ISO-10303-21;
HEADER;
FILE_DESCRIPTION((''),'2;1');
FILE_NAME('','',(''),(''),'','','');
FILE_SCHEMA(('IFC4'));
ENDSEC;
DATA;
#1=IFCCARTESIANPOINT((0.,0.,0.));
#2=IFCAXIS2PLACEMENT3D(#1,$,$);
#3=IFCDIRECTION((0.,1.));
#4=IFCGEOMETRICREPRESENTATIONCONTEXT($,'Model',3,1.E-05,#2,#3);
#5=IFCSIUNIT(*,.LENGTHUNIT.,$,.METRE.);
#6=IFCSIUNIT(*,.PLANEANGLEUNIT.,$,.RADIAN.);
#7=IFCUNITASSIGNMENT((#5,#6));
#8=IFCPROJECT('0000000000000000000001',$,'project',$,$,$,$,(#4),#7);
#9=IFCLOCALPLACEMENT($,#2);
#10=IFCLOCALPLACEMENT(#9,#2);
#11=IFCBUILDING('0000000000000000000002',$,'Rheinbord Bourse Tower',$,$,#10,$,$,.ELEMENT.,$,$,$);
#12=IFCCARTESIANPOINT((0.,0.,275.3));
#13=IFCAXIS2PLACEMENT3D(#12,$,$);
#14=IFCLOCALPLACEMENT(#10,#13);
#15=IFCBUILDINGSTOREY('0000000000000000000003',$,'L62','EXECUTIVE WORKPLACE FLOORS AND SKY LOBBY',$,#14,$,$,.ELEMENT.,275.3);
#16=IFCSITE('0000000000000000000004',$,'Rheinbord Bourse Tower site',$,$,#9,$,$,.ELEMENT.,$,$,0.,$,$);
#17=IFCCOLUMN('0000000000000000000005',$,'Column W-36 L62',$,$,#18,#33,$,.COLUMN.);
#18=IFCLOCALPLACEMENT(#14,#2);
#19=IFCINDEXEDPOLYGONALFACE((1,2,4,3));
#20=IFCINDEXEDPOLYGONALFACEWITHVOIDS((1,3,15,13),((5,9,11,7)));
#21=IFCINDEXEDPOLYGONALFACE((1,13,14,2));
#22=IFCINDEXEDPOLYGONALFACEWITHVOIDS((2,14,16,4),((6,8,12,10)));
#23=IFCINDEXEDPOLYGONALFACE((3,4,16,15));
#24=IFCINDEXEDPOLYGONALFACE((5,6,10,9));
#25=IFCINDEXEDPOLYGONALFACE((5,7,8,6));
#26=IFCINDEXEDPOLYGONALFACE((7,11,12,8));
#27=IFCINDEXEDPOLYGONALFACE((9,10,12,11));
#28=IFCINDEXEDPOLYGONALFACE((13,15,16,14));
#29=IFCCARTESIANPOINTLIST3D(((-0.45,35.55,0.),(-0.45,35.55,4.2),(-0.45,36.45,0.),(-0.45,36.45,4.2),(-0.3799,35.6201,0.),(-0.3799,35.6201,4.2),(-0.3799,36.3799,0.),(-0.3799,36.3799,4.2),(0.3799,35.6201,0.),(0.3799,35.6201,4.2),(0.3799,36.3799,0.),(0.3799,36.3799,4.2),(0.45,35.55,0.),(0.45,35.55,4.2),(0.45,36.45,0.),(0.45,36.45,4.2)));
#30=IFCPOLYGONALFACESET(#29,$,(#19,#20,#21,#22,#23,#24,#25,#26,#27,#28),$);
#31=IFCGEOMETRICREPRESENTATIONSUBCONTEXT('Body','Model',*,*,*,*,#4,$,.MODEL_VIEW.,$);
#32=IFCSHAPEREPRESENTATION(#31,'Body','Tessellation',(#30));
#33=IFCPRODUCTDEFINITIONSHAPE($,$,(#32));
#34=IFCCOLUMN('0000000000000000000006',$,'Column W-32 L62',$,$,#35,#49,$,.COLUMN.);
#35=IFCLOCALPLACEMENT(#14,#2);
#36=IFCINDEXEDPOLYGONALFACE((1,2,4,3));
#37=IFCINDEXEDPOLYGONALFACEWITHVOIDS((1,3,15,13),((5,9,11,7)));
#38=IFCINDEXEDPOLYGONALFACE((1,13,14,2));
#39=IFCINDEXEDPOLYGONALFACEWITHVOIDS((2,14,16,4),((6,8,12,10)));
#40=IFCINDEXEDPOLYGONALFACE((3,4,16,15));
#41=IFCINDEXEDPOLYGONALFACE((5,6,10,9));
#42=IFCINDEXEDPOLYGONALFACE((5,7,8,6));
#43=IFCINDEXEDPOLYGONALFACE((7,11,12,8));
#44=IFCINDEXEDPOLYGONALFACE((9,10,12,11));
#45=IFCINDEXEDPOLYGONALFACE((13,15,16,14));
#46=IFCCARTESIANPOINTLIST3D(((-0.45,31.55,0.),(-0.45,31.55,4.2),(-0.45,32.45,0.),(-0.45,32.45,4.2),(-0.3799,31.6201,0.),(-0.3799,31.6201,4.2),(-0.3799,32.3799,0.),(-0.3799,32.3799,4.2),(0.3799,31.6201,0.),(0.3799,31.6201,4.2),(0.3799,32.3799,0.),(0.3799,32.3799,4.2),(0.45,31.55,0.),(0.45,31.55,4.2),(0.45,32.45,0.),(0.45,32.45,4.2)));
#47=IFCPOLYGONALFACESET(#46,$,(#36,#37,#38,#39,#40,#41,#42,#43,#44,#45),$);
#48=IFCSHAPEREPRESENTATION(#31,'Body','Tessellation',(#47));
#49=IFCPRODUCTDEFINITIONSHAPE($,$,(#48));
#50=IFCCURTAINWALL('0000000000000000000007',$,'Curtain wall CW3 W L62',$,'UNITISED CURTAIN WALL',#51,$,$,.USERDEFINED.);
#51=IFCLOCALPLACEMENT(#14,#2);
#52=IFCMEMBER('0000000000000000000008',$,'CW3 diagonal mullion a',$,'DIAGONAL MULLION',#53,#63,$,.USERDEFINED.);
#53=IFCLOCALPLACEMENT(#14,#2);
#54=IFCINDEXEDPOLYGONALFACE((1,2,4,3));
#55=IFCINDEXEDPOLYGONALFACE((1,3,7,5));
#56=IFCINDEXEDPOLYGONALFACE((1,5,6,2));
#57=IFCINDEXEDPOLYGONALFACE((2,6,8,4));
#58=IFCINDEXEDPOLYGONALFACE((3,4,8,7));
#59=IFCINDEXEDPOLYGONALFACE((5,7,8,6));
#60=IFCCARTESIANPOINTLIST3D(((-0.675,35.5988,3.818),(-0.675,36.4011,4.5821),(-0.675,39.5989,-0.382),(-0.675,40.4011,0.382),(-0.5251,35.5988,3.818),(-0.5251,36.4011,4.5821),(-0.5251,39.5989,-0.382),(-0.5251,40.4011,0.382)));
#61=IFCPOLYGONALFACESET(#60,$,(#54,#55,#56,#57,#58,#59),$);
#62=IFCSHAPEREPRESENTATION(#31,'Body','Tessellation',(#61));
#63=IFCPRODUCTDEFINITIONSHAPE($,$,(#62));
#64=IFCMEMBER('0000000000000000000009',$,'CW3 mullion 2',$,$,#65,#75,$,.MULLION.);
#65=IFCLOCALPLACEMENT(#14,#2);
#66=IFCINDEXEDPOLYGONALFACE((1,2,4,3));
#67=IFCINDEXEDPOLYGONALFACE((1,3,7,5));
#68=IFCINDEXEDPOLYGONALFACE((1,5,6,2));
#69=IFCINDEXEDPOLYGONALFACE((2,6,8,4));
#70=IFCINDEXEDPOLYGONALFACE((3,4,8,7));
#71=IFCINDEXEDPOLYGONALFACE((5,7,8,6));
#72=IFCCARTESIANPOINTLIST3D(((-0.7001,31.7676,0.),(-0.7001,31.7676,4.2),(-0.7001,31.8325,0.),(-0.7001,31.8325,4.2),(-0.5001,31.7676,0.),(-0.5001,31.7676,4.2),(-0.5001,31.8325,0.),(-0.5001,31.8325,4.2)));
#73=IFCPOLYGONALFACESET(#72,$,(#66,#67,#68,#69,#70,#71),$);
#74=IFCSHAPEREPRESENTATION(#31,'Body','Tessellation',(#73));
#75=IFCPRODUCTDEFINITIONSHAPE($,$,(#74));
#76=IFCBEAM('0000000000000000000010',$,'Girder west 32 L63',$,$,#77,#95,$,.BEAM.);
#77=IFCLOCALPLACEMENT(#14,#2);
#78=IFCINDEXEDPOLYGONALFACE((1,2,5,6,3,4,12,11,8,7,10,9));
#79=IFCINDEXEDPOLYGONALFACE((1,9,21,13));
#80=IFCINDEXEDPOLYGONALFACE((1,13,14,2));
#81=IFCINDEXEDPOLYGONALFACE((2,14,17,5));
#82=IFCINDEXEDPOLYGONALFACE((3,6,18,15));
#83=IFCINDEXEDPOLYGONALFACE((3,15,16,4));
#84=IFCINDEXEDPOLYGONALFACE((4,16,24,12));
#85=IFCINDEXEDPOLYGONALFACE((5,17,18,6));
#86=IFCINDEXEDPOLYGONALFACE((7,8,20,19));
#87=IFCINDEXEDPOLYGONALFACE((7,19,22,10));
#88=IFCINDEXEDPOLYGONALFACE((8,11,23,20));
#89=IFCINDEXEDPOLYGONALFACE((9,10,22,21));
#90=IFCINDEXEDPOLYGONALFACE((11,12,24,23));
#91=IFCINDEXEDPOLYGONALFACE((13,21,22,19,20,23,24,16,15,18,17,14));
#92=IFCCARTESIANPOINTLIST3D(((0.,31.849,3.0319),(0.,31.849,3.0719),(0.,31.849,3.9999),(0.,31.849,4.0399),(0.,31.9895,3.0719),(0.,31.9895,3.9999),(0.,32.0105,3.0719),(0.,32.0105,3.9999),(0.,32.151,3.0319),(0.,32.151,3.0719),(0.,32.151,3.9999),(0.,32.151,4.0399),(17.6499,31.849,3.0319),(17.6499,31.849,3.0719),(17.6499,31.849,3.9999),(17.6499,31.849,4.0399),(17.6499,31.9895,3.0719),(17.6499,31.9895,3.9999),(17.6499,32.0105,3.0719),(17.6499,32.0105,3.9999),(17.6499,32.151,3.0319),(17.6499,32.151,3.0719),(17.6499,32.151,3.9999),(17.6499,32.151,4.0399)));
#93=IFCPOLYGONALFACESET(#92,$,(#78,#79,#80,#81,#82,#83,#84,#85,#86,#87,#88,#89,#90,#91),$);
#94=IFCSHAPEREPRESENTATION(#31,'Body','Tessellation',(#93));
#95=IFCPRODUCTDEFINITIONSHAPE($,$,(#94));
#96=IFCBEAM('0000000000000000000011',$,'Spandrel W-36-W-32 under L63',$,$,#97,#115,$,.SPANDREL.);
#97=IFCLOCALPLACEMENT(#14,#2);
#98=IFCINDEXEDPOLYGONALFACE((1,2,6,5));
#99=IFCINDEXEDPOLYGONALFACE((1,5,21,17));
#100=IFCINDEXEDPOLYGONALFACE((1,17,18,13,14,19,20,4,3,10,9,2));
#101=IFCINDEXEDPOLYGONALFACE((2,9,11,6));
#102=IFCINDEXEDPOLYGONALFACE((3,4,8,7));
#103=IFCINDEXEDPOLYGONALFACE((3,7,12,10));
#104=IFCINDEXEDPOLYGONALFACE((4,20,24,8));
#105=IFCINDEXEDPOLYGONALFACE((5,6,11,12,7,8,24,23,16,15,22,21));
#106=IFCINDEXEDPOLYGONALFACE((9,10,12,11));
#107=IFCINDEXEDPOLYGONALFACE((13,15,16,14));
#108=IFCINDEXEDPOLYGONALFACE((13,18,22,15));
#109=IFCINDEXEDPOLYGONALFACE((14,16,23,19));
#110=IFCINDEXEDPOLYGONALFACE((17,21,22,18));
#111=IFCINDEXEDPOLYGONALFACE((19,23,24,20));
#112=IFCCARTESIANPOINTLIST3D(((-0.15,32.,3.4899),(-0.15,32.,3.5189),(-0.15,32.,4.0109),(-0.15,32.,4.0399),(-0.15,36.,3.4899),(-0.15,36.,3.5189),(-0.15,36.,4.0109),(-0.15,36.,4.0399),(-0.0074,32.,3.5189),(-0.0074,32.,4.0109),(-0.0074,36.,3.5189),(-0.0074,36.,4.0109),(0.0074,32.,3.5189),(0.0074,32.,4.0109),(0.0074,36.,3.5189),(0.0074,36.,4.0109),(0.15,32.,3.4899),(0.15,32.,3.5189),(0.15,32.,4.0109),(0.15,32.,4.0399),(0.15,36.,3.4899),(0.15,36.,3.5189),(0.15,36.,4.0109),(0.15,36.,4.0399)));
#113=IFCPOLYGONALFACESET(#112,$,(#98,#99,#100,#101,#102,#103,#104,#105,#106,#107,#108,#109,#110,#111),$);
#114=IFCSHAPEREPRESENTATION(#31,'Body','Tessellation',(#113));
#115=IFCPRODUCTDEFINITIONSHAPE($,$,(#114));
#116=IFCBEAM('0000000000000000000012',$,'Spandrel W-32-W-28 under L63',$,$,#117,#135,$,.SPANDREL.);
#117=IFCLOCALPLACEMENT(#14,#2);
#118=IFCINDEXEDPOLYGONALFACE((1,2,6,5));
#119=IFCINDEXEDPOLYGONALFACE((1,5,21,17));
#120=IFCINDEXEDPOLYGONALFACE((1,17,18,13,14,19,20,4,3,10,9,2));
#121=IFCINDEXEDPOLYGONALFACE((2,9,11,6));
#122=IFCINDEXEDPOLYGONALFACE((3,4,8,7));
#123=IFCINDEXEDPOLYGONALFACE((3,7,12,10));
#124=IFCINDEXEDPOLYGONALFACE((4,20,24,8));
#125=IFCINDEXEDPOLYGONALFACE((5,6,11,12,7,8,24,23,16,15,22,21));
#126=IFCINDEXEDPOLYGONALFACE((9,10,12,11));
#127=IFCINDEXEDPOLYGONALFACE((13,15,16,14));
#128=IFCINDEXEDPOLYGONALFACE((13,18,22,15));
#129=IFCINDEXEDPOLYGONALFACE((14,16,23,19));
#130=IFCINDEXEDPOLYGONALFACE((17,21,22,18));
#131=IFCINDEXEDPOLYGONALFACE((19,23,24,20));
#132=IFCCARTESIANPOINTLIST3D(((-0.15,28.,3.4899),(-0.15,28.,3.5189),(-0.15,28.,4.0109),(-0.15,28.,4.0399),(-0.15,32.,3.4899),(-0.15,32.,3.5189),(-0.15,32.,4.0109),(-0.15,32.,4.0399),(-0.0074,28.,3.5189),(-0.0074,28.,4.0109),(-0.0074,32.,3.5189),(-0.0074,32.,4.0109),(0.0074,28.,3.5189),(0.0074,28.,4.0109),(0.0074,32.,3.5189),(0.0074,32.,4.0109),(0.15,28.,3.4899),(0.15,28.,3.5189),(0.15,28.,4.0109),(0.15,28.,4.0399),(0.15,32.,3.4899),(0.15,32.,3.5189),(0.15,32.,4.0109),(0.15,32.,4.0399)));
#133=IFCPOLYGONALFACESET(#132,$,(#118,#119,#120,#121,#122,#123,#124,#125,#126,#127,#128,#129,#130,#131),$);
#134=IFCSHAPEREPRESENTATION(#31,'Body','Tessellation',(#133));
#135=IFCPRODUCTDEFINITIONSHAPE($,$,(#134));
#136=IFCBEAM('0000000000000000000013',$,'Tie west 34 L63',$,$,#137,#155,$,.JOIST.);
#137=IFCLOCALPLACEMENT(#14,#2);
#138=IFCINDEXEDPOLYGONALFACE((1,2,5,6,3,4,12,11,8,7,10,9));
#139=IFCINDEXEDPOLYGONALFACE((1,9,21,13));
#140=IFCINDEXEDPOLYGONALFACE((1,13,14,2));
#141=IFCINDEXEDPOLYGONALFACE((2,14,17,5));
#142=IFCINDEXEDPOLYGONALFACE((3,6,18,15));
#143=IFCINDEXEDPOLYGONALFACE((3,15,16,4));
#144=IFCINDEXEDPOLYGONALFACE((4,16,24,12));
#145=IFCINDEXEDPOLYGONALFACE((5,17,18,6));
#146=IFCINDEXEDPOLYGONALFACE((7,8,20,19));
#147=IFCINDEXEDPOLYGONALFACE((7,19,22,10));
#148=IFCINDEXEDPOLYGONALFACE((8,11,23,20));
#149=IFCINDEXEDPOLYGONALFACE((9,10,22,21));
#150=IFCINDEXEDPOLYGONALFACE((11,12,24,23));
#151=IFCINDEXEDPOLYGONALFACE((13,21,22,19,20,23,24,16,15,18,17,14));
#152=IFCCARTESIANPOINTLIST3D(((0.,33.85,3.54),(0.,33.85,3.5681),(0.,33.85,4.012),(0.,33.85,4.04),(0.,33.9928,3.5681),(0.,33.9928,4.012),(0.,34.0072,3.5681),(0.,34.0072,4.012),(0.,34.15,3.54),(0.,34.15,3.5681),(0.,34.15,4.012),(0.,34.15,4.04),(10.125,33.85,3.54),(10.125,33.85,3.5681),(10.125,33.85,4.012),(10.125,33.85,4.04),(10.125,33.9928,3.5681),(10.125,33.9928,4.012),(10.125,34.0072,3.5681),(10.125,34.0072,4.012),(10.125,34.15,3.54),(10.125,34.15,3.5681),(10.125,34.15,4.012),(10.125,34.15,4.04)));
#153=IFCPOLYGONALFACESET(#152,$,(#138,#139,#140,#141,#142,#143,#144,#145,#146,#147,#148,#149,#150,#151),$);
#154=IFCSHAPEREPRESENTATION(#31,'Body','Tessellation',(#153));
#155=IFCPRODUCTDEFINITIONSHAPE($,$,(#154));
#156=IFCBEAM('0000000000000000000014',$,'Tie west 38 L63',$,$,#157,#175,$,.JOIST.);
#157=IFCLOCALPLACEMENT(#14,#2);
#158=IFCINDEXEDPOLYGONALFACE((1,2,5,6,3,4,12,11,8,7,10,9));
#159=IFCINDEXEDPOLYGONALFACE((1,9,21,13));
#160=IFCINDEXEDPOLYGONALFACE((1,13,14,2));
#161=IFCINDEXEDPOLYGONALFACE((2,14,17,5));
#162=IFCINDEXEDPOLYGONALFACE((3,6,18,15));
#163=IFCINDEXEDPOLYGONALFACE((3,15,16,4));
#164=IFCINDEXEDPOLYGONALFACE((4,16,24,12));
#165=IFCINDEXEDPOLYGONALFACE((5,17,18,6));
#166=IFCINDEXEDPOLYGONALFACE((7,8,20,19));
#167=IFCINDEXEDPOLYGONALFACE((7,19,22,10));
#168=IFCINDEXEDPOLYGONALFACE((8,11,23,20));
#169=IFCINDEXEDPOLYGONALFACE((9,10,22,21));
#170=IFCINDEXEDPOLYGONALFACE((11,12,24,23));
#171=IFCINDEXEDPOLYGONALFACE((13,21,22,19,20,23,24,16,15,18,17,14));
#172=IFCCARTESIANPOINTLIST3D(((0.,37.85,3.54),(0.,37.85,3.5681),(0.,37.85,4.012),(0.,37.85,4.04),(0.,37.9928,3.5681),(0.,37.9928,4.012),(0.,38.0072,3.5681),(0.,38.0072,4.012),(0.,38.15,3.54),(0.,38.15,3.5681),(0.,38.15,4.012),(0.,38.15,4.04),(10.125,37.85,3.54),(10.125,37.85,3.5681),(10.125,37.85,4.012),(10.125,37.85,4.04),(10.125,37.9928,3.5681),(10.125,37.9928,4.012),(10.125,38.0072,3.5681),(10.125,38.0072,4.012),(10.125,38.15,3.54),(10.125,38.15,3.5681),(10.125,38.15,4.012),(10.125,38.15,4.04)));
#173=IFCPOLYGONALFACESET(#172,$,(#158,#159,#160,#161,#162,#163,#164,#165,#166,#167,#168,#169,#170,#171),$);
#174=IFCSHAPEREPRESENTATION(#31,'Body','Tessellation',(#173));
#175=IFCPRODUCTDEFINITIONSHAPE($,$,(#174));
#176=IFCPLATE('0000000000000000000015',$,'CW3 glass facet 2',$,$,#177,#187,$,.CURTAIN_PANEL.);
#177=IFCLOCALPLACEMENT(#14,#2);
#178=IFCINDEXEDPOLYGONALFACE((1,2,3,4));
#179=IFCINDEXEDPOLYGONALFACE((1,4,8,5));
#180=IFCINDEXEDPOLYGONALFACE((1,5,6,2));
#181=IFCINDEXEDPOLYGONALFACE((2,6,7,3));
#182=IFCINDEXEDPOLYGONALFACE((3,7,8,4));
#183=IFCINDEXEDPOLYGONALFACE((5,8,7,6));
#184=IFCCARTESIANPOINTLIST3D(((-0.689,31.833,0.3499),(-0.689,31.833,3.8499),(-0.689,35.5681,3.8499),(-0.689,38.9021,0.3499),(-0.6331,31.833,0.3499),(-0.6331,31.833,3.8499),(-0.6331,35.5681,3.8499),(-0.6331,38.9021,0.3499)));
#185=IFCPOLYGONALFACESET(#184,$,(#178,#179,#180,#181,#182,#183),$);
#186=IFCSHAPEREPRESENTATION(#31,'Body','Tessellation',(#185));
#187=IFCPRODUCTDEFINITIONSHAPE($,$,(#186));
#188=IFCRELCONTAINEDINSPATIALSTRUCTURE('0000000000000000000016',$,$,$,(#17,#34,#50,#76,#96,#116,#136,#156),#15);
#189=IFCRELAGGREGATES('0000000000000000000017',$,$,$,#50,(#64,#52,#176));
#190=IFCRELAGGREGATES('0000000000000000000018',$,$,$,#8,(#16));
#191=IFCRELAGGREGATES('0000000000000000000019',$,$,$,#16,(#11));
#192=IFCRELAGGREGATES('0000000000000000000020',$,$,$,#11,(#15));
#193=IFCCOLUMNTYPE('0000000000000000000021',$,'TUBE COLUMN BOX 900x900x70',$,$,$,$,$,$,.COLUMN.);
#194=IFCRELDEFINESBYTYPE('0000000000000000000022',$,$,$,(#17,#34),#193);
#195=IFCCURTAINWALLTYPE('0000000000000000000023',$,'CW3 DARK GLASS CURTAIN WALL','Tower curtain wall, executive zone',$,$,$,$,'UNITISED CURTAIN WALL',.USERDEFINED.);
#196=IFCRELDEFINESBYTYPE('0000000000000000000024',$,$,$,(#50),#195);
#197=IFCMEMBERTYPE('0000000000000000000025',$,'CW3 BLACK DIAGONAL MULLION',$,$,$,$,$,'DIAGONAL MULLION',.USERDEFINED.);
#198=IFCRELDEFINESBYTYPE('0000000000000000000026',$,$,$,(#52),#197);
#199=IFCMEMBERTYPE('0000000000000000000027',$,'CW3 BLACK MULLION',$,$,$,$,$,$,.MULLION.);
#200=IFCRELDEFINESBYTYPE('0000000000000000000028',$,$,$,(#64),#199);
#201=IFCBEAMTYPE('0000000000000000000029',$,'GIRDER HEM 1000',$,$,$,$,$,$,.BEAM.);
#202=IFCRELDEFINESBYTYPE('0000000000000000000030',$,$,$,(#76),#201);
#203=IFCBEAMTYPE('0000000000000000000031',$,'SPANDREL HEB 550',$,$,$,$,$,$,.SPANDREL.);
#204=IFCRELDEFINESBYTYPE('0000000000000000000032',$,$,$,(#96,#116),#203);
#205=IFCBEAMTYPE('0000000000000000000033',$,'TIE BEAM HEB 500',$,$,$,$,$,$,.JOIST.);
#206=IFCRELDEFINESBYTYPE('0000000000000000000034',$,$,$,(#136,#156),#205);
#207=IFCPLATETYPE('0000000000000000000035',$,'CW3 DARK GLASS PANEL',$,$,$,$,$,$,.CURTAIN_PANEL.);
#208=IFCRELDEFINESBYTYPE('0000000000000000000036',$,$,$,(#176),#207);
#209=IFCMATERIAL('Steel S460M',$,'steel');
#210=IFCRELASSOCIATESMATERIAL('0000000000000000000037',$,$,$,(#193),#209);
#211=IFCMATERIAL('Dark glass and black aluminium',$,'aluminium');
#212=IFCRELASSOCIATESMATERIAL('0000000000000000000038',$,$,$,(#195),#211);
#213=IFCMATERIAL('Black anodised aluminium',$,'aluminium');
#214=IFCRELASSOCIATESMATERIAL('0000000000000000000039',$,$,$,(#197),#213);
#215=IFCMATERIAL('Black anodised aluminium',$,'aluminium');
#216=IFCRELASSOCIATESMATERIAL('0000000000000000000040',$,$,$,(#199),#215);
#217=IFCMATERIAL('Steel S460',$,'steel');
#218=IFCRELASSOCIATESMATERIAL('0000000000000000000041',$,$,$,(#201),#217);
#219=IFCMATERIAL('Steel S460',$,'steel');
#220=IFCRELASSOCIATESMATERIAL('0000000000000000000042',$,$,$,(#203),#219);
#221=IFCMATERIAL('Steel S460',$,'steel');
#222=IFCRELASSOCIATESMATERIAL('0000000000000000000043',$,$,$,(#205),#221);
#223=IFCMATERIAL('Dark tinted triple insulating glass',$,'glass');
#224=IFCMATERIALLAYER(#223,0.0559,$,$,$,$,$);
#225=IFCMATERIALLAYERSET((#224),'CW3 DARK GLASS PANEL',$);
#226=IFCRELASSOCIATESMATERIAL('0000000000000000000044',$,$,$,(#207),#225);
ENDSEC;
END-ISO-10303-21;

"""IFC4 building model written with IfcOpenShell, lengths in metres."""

from ifc_helpers import new_model, si_unit, direction, frame, origin, origin_2d, place, context, subcontext, project, spatial, polyline, rectangle, hollow_rectangle, i_section, outline, extrude, material, layer, layer_set, material_profile, profile_set, type_object, element, aggregate, save


model = new_model("IFC4")

# Units and contexts
model_context = context("Model", 3, precision=1e-05, world=origin(), true_north=direction((0.0, 1.0)))
body_context = subcontext(model_context, "Body", "Model", "MODEL_VIEW")
ifc_project = project(units=[si_unit("LENGTHUNIT", "METRE"), si_unit("PLANEANGLEUNIT", "RADIAN")], contexts=[model_context])

# Site, building, storey
site_placement = place(None, origin())
site = spatial("IfcSite", under=ifc_project, at=site_placement, Name="Rheinbord Bourse Tower site", CompositionType="ELEMENT", RefElevation=0.0)
building_placement = place(site_placement, origin())
building = spatial("IfcBuilding", under=site, at=building_placement, Name="Rheinbord Bourse Tower", CompositionType="ELEMENT")
storey_placement = place(building_placement, frame((0.0, 0.0, 275.3)))
storey = spatial("IfcBuildingStorey", under=building, at=storey_placement, Name="L62", Description="EXECUTIVE WORKPLACE FLOORS AND SKY LOBBY", CompositionType="ELEMENT", Elevation=275.3)

# Columns
ifc_material_1 = material(Name="Steel S460M", Category="steel")
ifc_material_profile_1 = material_profile(ifc_material_1, hollow_rectangle(XDim=0.8999, YDim=0.8999, WallThickness=0.0701, at=origin_2d()), Name="BOX 900x900x70")
ifc_profile_set_1 = profile_set([ifc_material_profile_1], Name="Steel S460M")
column_type = type_object("IfcColumnType", Name="TUBE COLUMN BOX 900x900x70", PredefinedType="COLUMN", material=ifc_profile_set_1)
for number, where, z_axis, x_axis, name in (
    (1, (0.0, 36.0, 0.0), (0.0, 0.0, 1.0), (1.0, 0.0, 0.0), "Column W-36 L62"),
    (2, (0.0, 32.0, 0.0), (0.0, 0.0, 1.0), (1.0, 0.0, 0.0), "Column W-32 L62"),
):
    element("IfcColumn", number, at=place(storey_placement, frame(where, z_axis=z_axis, x_axis=x_axis)), inside=storey, type_object=column_type, Name=name, PredefinedType="COLUMN", context=body_context, shape_type="SweptSolid", body=[
        extrude(hollow_rectangle(XDim=0.8999, YDim=0.8999, WallThickness=0.0701, at=origin_2d()), origin(), (0.0, 0.0, 1.0), 4.2),
    ])

# Curtain wall, members
ifc_material_2 = material(Name="Dark glass and black aluminium", Category="aluminium")
curtain_wall_type = type_object("IfcCurtainWallType", Name="CW3 DARK GLASS CURTAIN WALL", Description="Tower curtain wall, executive zone", ElementType="UNITISED CURTAIN WALL", PredefinedType="USERDEFINED", material=ifc_material_2)
curtain_wall_placement = place(storey_placement, origin())
curtain_wall = element("IfcCurtainWall", 3, at=curtain_wall_placement, inside=storey, type_object=curtain_wall_type, Name="Curtain wall CW3 W L62", ObjectType="UNITISED CURTAIN WALL", PredefinedType="USERDEFINED")
ifc_material_3 = material(Name="Black anodised aluminium", Category="aluminium")
ifc_material_profile_2 = material_profile(ifc_material_3, rectangle(XDim=0.1499, YDim=1.1079, at=origin_2d()), Name="CW3 DIAGONAL MULLION 1108x150")
ifc_profile_set_2 = profile_set([ifc_material_profile_2], Name="Black anodised aluminium")
member_type_1 = type_object("IfcMemberType", Name="CW3 BLACK DIAGONAL MULLION", ElementType="DIAGONAL MULLION", PredefinedType="USERDEFINED", material=ifc_profile_set_2)
member_1_placement = place(storey_placement, frame((-0.6001, 40.0, 0.0), z_axis=(0.0, -0.689659, 0.724134), x_axis=(1.0, 0.0, 0.0)))
member_1 = element("IfcMember", 4, at=member_1_placement, type_object=member_type_1, Name="CW3 diagonal mullion a", ObjectType="DIAGONAL MULLION", PredefinedType="USERDEFINED", context=body_context, shape_type="SweptSolid", body=[
    extrude(rectangle(XDim=0.1499, YDim=1.1079, at=origin_2d()), origin(), (0.0, 0.0, 1.0), 5.8),
])
ifc_material_4 = material(Name="Black anodised aluminium", Category="aluminium")
ifc_material_profile_3 = material_profile(ifc_material_4, rectangle(XDim=0.2, YDim=0.0649, at=origin_2d()), Name="CW3 MULLION 65x200")
ifc_profile_set_3 = profile_set([ifc_material_profile_3], Name="Black anodised aluminium")
member_type_2 = type_object("IfcMemberType", Name="CW3 BLACK MULLION", PredefinedType="MULLION", material=ifc_profile_set_3)
member_2_placement = place(storey_placement, frame((-0.6001, 31.8, 0.0), z_axis=(0.0, 0.0, 1.0), x_axis=(1.0, 0.0, 0.0)))
member_2 = element("IfcMember", 5, at=member_2_placement, type_object=member_type_2, Name="CW3 mullion 2", PredefinedType="MULLION", context=body_context, shape_type="SweptSolid", body=[
    extrude(rectangle(XDim=0.2, YDim=0.0649, at=origin_2d()), origin(), (0.0, 0.0, 1.0), 4.2),
])

# Beams
ifc_material_5 = material(Name="Steel S460", Category="steel")
ifc_material_profile_4 = material_profile(ifc_material_5, i_section(OverallWidth=0.302, OverallDepth=1.0081, WebThickness=0.021, FlangeThickness=0.04, at=origin_2d()), Name="HEM 1000")
ifc_profile_set_4 = profile_set([ifc_material_profile_4], Name="Steel S460")
beam_type_1 = type_object("IfcBeamType", Name="GIRDER HEM 1000", PredefinedType="BEAM", material=ifc_profile_set_4)
beam_placement = place(storey_placement, frame((0.0, 32.0, 3.5359), z_axis=(1.0, 0.0, 0.0), x_axis=(0.0, 1.0, 0.0)))
element("IfcBeam", 6, at=beam_placement, inside=storey, type_object=beam_type_1, Name="Girder west 32 L63", PredefinedType="BEAM", context=body_context, shape_type="SweptSolid", body=[
    extrude(i_section(OverallWidth=0.302, OverallDepth=1.0081, WebThickness=0.021, FlangeThickness=0.04, at=origin_2d()), origin(), (0.0, 0.0, 1.0), 17.6499),
])
ifc_material_6 = material(Name="Steel S460", Category="steel")
ifc_material_profile_5 = material_profile(ifc_material_6, i_section(OverallWidth=0.3, OverallDepth=0.55, WebThickness=0.0149, FlangeThickness=0.0291, at=origin_2d()), Name="HEB 550")
ifc_profile_set_5 = profile_set([ifc_material_profile_5], Name="Steel S460")
beam_type_2 = type_object("IfcBeamType", Name="SPANDREL HEB 550", PredefinedType="SPANDREL", material=ifc_profile_set_5)
for number, where, z_axis, x_axis, name in (
    (7, (0.0, 36.0, 3.7649), (0.0, -1.0, 0.0), (1.0, 0.0, 0.0), "Spandrel W-36-W-32 under L63"),
    (8, (0.0, 32.0, 3.7649), (0.0, -1.0, 0.0), (1.0, 0.0, 0.0), "Spandrel W-32-W-28 under L63"),
):
    element("IfcBeam", number, at=place(storey_placement, frame(where, z_axis=z_axis, x_axis=x_axis)), inside=storey, type_object=beam_type_2, Name=name, PredefinedType="SPANDREL", context=body_context, shape_type="SweptSolid", body=[
        extrude(i_section(OverallWidth=0.3, OverallDepth=0.55, WebThickness=0.0149, FlangeThickness=0.0291, at=origin_2d()), origin(), (0.0, 0.0, 1.0), 4.0),
    ])
ifc_material_7 = material(Name="Steel S460", Category="steel")
ifc_material_profile_6 = material_profile(ifc_material_7, i_section(OverallWidth=0.3, OverallDepth=0.5, WebThickness=0.0144, FlangeThickness=0.0281, at=origin_2d()), Name="HEB 500")
ifc_profile_set_6 = profile_set([ifc_material_profile_6], Name="Steel S460")
beam_type_3 = type_object("IfcBeamType", Name="TIE BEAM HEB 500", PredefinedType="JOIST", material=ifc_profile_set_6)
for number, where, z_axis, x_axis, name in (
    (9, (0.0, 34.0, 3.79), (1.0, 0.0, 0.0), (0.0, 1.0, 0.0), "Tie west 34 L63"),
    (10, (0.0, 38.0, 3.79), (1.0, 0.0, 0.0), (0.0, 1.0, 0.0), "Tie west 38 L63"),
):
    element("IfcBeam", number, at=place(storey_placement, frame(where, z_axis=z_axis, x_axis=x_axis)), inside=storey, type_object=beam_type_3, Name=name, PredefinedType="JOIST", context=body_context, shape_type="SweptSolid", body=[
        extrude(i_section(OverallWidth=0.3, OverallDepth=0.5, WebThickness=0.0144, FlangeThickness=0.0281, at=origin_2d()), origin(), (0.0, 0.0, 1.0), 10.125),
    ])

# Plate
ifc_material_8 = material(Name="Dark tinted triple insulating glass", Category="glass")
ifc_layer_1 = layer(ifc_material_8, 0.0559)
ifc_layer_set_1 = layer_set([ifc_layer_1], Name="CW3 DARK GLASS PANEL")
plate_type = type_object("IfcPlateType", Name="CW3 DARK GLASS PANEL", PredefinedType="CURTAIN_PANEL", material=ifc_layer_set_1)
plate_placement = place(storey_placement, frame((-0.689, 31.833, 3.8499), z_axis=(1.0, 0.0, 0.0), x_axis=(0.0, 0.0, -1.0)))
plate = element("IfcPlate", 11, at=plate_placement, type_object=plate_type, Name="CW3 glass facet 2", PredefinedType="CURTAIN_PANEL", context=body_context, shape_type="SweptSolid", body=[
    extrude(outline(polyline([(0.0, 0.0), (3.5, 0.0), (3.5, 7.0691), (0.0, 3.7351), (0.0, 0.0)])), origin(), (0.0, 0.0, 1.0), 0.0559),
])
aggregate(curtain_wall, [member_2, member_1, plate])

save(model, "model.ifc")
